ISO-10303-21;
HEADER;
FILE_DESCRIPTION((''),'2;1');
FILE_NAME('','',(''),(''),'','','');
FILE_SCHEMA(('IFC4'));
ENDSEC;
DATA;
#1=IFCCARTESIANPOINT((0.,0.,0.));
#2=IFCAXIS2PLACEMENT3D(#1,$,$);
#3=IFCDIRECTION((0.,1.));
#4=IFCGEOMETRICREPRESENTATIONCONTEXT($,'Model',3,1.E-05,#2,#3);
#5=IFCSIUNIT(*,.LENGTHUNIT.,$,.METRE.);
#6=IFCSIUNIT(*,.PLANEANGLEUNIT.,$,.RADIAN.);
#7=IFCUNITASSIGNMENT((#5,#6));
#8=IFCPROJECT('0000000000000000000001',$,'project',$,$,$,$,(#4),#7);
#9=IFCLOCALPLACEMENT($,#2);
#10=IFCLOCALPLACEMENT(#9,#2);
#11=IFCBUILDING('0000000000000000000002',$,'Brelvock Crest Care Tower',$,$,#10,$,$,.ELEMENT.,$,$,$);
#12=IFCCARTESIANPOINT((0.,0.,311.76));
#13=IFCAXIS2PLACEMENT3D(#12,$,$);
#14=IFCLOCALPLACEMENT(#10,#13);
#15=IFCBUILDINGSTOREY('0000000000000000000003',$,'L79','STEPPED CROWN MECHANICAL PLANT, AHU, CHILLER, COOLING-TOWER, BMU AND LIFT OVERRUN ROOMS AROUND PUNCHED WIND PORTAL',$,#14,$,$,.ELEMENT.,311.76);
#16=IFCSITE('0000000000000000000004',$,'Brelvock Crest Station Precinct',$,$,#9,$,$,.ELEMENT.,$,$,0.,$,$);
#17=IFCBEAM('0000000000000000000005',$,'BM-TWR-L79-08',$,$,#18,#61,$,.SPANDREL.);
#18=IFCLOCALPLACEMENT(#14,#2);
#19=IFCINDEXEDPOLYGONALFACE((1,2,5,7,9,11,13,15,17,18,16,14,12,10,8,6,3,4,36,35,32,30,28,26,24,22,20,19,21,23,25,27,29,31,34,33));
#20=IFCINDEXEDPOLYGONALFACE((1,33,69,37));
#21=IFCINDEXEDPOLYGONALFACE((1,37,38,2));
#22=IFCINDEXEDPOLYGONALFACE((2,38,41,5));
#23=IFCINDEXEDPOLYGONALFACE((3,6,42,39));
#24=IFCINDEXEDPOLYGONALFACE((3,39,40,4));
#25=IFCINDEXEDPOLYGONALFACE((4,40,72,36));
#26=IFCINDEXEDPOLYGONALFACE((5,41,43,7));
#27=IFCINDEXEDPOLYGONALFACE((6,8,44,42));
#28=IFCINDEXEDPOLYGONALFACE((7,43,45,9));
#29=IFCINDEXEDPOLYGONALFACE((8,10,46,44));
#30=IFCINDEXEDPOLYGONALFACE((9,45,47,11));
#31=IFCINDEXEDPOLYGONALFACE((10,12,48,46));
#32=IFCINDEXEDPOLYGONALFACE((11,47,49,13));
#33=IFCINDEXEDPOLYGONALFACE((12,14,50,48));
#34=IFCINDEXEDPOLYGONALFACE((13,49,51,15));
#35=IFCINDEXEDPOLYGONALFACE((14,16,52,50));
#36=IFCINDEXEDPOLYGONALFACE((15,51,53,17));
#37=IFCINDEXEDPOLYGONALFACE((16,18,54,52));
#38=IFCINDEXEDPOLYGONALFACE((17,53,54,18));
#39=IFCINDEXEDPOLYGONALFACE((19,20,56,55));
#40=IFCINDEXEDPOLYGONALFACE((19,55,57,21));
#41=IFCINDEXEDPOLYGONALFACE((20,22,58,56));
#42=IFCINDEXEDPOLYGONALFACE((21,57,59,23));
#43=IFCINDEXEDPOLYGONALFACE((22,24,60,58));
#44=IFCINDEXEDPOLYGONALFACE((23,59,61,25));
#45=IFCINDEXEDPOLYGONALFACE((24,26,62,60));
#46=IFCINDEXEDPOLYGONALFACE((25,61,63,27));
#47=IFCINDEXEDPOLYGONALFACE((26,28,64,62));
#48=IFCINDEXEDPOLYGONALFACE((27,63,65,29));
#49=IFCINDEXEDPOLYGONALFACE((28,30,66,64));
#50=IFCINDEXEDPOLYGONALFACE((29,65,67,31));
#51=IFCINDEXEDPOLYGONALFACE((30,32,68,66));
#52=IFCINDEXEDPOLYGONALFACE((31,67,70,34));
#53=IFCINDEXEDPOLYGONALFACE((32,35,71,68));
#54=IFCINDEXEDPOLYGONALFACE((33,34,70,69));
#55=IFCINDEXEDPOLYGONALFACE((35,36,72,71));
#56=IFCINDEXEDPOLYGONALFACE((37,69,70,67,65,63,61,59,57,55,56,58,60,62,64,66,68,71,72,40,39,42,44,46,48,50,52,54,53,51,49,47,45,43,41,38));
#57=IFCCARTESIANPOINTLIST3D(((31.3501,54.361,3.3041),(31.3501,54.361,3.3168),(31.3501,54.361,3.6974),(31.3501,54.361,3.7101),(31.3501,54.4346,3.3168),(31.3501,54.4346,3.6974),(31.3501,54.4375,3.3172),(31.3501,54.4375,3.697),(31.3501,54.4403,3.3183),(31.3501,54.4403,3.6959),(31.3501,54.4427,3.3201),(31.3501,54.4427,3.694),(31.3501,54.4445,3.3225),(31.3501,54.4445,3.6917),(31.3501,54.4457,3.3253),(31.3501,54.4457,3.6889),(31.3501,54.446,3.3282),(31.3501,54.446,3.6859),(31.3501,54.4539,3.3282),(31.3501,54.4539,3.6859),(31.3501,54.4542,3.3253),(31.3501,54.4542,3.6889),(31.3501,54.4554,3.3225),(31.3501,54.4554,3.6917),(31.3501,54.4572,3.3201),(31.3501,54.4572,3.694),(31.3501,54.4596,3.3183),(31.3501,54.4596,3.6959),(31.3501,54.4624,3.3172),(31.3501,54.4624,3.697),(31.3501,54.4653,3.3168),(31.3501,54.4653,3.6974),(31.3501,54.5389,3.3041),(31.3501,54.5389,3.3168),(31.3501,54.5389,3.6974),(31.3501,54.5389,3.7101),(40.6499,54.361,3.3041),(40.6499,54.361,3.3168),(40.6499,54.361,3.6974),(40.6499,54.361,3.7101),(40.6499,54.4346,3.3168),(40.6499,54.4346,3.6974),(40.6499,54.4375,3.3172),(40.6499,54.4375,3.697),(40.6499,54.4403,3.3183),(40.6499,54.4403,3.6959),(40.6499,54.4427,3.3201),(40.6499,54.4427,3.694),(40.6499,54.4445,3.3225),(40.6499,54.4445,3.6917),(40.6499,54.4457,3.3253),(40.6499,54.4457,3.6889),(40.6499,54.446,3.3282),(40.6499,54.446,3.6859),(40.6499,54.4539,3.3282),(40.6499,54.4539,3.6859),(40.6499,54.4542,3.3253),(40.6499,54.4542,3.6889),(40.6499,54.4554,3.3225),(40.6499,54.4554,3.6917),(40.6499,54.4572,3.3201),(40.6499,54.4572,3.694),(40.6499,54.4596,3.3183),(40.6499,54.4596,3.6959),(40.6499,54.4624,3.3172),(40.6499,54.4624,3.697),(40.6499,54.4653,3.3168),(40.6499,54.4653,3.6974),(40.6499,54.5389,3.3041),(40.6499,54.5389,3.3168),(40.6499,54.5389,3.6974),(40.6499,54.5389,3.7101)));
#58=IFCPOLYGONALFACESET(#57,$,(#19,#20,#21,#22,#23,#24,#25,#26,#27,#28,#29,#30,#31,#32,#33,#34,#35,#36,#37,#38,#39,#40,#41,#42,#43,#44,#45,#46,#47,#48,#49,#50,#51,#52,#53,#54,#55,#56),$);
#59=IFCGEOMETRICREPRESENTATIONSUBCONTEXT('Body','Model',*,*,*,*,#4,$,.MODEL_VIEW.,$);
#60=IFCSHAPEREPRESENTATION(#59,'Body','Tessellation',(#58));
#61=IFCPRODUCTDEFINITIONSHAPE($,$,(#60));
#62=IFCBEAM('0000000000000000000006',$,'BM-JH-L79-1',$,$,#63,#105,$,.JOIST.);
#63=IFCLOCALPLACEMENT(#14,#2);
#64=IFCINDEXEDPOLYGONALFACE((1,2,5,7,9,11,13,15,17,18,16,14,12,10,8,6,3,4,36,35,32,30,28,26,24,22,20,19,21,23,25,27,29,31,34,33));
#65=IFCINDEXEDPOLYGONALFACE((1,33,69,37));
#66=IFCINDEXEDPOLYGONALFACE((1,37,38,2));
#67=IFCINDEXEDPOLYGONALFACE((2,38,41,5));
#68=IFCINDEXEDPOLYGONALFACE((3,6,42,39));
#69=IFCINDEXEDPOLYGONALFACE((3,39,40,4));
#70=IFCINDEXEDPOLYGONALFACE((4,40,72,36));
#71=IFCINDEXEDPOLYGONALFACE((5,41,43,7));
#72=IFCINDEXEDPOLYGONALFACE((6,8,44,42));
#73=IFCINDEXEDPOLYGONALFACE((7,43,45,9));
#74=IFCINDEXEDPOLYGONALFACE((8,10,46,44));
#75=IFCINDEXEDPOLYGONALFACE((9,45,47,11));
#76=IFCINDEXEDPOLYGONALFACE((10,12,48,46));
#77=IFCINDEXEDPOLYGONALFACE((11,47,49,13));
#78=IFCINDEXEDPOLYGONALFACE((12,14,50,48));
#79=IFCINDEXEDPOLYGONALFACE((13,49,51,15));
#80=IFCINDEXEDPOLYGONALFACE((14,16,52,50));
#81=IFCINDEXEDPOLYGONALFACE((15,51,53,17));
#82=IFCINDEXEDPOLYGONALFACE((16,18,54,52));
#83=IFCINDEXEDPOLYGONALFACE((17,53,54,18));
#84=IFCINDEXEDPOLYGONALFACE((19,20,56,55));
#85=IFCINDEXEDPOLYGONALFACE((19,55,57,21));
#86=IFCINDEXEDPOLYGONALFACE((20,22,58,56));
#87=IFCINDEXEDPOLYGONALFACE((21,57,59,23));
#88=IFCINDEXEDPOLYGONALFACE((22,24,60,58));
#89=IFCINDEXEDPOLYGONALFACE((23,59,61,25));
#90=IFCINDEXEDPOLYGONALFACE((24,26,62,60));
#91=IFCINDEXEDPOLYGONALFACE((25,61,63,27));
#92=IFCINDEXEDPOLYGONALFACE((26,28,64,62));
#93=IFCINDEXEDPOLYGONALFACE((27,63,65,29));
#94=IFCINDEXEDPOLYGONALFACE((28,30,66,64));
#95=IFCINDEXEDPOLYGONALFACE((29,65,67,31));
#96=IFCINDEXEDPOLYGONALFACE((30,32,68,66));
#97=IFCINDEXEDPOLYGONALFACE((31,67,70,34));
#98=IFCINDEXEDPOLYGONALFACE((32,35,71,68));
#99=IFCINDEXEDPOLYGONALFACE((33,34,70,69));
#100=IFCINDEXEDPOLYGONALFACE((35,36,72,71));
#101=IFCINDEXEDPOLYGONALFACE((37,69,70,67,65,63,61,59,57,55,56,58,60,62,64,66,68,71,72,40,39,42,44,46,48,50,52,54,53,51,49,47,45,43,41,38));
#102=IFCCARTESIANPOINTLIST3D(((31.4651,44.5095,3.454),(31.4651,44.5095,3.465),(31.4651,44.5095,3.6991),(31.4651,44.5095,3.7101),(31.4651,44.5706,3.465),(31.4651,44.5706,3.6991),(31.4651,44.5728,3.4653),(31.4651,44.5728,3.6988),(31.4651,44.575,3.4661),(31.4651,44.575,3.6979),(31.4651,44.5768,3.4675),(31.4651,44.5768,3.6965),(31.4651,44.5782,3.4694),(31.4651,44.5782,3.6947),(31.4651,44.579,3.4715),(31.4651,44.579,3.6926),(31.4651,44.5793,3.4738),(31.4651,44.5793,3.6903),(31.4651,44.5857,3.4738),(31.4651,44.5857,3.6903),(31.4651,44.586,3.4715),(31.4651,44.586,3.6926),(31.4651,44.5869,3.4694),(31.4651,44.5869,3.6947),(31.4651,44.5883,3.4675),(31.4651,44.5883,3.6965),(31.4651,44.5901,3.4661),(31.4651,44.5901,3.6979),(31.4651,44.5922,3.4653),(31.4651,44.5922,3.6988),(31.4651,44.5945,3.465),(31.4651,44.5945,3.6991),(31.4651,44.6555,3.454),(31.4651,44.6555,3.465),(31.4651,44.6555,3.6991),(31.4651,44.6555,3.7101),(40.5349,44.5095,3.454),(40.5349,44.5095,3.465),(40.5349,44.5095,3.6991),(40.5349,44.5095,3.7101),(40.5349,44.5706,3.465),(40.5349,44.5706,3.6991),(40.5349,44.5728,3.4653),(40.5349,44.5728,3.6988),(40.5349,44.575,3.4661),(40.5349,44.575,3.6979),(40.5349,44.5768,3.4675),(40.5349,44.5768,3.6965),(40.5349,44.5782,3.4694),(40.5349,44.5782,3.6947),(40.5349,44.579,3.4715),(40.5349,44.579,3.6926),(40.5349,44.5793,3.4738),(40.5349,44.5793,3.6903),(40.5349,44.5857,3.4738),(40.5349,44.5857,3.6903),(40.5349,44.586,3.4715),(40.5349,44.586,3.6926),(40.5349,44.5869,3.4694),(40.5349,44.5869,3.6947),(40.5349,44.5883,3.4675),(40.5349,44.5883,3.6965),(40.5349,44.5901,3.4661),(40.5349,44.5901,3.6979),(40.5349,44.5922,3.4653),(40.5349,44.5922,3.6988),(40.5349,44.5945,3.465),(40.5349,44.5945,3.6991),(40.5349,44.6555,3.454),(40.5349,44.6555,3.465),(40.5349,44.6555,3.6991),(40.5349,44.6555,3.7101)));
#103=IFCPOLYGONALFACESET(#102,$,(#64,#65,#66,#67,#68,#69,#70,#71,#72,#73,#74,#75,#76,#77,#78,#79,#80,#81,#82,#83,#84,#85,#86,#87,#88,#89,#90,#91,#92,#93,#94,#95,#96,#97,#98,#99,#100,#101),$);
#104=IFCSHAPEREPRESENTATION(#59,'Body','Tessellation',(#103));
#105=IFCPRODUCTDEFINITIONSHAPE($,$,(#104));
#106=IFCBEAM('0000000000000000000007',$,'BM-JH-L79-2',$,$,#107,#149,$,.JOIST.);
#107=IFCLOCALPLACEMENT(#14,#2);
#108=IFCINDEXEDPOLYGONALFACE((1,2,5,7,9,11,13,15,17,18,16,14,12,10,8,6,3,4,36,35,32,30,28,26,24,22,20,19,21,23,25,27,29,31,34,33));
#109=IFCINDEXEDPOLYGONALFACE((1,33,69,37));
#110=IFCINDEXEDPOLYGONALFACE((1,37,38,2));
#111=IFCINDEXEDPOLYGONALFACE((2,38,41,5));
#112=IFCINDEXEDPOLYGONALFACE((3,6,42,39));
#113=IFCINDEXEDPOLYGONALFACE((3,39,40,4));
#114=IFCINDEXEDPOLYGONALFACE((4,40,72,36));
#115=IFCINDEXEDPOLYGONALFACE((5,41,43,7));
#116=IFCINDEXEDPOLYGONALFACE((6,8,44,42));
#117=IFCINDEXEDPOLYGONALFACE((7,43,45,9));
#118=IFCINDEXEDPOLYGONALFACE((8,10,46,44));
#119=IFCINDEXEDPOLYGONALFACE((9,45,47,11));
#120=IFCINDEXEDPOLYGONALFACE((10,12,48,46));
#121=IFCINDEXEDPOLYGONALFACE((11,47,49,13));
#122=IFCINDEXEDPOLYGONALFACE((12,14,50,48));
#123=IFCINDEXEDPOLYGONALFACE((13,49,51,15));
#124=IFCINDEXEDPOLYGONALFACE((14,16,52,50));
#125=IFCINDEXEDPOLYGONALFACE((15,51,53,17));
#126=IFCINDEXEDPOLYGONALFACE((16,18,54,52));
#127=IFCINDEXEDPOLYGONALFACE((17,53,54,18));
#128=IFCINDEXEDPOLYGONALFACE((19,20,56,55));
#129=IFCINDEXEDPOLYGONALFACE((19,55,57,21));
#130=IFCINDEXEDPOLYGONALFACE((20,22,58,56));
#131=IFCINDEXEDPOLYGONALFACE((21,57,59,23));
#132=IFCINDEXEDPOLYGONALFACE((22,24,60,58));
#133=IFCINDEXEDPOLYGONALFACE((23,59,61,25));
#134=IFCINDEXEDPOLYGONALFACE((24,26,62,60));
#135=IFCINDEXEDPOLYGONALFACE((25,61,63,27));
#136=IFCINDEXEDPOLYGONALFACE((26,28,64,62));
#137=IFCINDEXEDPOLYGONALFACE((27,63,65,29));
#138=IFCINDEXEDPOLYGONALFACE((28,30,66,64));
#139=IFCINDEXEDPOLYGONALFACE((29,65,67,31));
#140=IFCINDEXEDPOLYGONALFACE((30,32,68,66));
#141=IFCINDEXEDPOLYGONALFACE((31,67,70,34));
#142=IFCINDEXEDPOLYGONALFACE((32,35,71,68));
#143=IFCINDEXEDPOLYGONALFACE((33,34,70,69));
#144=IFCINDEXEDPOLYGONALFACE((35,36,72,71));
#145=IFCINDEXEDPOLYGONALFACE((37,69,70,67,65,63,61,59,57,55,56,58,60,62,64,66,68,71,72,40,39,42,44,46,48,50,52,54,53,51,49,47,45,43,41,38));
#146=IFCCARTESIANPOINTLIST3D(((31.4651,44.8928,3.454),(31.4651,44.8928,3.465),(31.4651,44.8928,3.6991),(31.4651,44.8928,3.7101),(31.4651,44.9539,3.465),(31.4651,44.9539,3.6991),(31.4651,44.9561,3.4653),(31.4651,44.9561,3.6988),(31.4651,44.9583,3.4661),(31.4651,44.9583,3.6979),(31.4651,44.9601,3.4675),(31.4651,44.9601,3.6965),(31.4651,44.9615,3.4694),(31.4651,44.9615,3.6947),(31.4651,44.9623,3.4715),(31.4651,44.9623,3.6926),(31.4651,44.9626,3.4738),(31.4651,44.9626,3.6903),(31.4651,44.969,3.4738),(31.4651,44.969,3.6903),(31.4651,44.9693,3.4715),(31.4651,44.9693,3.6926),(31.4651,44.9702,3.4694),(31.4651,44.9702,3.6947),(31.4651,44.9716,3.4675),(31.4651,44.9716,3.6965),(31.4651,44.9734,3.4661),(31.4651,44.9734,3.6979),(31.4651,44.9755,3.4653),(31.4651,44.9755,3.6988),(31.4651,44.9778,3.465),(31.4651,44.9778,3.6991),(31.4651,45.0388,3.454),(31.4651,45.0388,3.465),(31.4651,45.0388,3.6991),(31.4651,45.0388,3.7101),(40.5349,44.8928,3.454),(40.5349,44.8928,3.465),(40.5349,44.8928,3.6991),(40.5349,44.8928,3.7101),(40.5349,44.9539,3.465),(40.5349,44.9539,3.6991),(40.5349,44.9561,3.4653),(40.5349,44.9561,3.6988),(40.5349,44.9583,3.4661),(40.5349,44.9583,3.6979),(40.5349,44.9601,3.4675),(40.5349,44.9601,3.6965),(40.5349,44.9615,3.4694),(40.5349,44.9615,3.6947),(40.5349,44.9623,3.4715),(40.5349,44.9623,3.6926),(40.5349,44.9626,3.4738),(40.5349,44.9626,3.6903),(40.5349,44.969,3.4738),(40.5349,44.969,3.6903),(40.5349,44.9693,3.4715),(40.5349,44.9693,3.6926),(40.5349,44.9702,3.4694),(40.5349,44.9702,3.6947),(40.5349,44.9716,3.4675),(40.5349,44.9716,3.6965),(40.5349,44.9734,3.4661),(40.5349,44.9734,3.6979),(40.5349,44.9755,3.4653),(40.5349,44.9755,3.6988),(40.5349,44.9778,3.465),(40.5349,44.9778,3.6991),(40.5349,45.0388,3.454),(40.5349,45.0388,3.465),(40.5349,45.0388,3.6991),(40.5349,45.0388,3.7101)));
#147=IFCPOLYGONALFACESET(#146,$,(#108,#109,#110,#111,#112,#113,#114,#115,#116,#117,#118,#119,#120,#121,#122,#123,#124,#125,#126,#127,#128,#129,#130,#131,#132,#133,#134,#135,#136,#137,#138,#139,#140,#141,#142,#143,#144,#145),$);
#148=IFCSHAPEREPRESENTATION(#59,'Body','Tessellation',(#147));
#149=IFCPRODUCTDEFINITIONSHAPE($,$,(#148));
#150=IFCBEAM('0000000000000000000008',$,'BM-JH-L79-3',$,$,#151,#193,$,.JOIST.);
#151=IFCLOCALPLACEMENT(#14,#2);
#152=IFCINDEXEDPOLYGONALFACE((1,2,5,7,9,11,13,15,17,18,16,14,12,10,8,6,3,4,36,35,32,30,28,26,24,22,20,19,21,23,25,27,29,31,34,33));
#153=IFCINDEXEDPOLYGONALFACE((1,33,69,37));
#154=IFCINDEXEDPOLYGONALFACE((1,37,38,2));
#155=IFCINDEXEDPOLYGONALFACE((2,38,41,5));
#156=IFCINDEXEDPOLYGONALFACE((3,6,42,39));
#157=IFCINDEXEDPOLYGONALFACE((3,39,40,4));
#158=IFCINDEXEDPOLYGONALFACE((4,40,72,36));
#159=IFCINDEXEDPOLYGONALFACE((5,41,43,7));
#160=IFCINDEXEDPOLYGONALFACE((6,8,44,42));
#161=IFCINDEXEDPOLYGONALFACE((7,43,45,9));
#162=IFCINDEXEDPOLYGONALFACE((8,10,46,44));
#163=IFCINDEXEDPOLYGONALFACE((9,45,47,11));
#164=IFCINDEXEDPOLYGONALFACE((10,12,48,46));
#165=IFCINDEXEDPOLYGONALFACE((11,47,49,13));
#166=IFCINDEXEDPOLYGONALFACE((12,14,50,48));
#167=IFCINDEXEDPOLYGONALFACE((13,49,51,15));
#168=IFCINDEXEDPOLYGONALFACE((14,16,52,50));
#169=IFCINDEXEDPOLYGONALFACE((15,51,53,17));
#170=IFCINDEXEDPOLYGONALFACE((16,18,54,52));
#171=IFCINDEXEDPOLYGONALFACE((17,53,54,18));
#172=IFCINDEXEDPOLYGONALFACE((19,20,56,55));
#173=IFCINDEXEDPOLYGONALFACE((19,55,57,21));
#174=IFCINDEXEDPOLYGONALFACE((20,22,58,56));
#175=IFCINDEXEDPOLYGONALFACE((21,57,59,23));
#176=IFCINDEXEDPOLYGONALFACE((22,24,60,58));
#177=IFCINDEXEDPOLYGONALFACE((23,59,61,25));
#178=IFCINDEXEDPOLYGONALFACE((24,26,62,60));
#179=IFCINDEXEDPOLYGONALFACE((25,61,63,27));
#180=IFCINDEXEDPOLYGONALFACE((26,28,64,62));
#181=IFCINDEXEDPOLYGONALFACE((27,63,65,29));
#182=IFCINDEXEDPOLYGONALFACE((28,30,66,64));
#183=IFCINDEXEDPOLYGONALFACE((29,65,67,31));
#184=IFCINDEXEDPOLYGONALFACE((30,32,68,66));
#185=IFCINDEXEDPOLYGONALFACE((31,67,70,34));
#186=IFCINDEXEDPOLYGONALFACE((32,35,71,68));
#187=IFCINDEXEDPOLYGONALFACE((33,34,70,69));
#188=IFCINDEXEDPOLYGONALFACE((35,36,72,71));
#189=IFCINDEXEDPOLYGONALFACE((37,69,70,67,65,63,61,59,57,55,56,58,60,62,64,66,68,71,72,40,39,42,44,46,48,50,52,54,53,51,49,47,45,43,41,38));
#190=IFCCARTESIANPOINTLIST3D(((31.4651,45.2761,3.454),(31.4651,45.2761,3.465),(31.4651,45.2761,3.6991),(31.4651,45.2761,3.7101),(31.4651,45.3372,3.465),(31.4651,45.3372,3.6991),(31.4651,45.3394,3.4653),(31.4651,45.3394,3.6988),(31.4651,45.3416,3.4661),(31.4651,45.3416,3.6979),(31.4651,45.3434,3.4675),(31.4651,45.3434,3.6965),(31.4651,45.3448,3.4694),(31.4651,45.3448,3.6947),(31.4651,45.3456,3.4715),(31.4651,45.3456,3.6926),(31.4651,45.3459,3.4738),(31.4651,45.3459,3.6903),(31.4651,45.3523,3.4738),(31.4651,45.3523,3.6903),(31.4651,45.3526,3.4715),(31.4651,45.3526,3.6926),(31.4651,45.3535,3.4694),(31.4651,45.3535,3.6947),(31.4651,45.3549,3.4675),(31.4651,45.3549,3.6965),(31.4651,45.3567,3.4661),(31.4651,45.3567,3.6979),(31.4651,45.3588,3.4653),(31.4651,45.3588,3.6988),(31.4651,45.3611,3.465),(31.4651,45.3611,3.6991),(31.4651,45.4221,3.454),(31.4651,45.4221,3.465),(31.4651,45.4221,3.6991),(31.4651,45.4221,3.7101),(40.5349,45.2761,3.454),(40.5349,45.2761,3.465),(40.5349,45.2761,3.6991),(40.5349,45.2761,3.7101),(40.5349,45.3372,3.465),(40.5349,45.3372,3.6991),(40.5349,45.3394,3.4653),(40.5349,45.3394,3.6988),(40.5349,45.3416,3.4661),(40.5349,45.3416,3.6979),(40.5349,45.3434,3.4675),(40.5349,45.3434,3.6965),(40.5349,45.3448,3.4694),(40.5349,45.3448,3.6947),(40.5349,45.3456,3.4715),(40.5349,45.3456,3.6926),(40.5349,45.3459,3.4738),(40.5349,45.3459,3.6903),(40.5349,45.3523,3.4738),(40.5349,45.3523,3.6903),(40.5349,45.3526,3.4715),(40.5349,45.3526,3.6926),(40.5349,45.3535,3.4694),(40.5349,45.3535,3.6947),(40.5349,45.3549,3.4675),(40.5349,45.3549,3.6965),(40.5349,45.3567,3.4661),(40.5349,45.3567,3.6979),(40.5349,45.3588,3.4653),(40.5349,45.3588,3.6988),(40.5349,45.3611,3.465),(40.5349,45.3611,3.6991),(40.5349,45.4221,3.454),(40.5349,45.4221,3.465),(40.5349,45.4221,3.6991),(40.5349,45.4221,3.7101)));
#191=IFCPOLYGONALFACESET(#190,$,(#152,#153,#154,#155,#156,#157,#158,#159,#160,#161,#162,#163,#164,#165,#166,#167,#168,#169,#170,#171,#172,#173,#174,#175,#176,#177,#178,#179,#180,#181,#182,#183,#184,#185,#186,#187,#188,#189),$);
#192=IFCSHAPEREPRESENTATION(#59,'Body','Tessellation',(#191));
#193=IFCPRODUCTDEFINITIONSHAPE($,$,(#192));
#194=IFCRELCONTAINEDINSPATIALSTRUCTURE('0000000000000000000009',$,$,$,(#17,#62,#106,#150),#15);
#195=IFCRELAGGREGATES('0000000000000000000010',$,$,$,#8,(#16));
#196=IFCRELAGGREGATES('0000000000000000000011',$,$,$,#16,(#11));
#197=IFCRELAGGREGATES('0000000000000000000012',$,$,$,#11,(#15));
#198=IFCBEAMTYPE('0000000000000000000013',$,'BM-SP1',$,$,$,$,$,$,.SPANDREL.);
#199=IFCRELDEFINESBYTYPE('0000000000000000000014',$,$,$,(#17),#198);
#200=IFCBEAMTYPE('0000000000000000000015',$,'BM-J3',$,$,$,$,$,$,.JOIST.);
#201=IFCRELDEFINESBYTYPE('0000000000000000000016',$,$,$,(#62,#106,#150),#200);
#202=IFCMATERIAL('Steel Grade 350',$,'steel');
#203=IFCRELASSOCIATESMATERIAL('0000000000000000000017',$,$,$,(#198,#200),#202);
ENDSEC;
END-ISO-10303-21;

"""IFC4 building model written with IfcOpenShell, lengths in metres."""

from ifc_helpers import new_model, si_unit, direction, frame, origin, origin_2d, place, context, subcontext, project, spatial, i_section, extrude, source, transform, mapped, material, material_profile, profile_set, type_object, element, save


model = new_model("IFC4")

# Units and contexts
model_context = context("Model", 3, precision=1e-05, world=origin(), true_north=direction((0.0, 1.0)))
body_context = subcontext(model_context, "Body", "Model", "MODEL_VIEW")
ifc_project = project(units=[si_unit("LENGTHUNIT", "METRE"), si_unit("PLANEANGLEUNIT", "RADIAN")], contexts=[model_context])

# Site, building, storey
site_placement = place(None, origin())
site = spatial("IfcSite", under=ifc_project, at=site_placement, Name="Brelvock Crest Station Precinct", CompositionType="ELEMENT", RefElevation=0.0)
building_placement = place(site_placement, origin())
building = spatial("IfcBuilding", under=site, at=building_placement, Name="Brelvock Crest Care Tower", CompositionType="ELEMENT")
storey_placement = place(building_placement, frame((0.0, 0.0, 311.76)))
storey = spatial("IfcBuildingStorey", under=building, at=storey_placement, Name="L79", Description="STEPPED CROWN MECHANICAL PLANT, AHU, CHILLER, COOLING-TOWER, BMU AND LIFT OVERRUN ROOMS AROUND PUNCHED WIND PORTAL", CompositionType="ELEMENT", Elevation=311.76)

# Shared definitions
ifc_material_1 = material(Name="Steel Grade 350", Category="steel")

# Beams
ifc_material_profile_1 = material_profile(ifc_material_1, i_section(OverallWidth=0.178, OverallDepth=0.406, WebThickness=0.0078, FlangeThickness=0.0127, FilletRadius=0.0115, at=origin_2d()), Name="410UB59.7")
ifc_profile_set_1 = profile_set([ifc_material_profile_1], Name="Steel Grade 350")
beam_type_1 = type_object("IfcBeamType", Name="BM-SP1", PredefinedType="SPANDREL", material=ifc_profile_set_1)
shared_shape_1 = source(origin(), body_context, "Body", "SweptSolid", [
    extrude(i_section(OverallWidth=0.178, OverallDepth=0.406, WebThickness=0.0078, FlangeThickness=0.0127, FilletRadius=0.0115, at=origin_2d()), origin(), (0.0, 0.0, 1.0), 9.2998),
])
beam_1_placement = place(storey_placement, frame((31.3501, 54.45, 3.5071), z_axis=(1.0, 0.0, 0.0), x_axis=(0.0, 1.0, 0.0)))
element("IfcBeam", 1, at=beam_1_placement, inside=storey, type_object=beam_type_1, Name="BM-TWR-L79-08", PredefinedType="SPANDREL", context=body_context, shape_type="MappedRepresentation", body=[
    mapped(shared_shape_1, transform((0.0, 0.0, 0.0), x_axis=(1.0, 0.0, 0.0), y_axis=(0.0, 1.0, 0.0), z_axis=(0.0, 0.0, 1.0), scale=1.0)),
])
ifc_material_profile_2 = material_profile(ifc_material_1, i_section(OverallWidth=0.146, OverallDepth=0.2561, WebThickness=0.0063, FlangeThickness=0.011, FilletRadius=0.0088, at=origin_2d()), Name="250UB37.3")
ifc_profile_set_2 = profile_set([ifc_material_profile_2], Name="Steel Grade 350")
beam_type_2 = type_object("IfcBeamType", Name="BM-J3", PredefinedType="JOIST", material=ifc_profile_set_2)
shared_shape_2 = source(origin(), body_context, "Body", "SweptSolid", [
    extrude(i_section(OverallWidth=0.146, OverallDepth=0.2561, WebThickness=0.0063, FlangeThickness=0.011, FilletRadius=0.0088, at=origin_2d()), origin(), (0.0, 0.0, 1.0), 9.0698),
])
for number, where, z_axis, x_axis, name in (
    (2, (31.4651, 44.5825, 3.582), (1.0, 0.0, 0.0), (0.0, 1.0, 0.0), "BM-JH-L79-1"),
    (3, (31.4651, 44.9658, 3.582), (1.0, 0.0, 0.0), (0.0, 1.0, 0.0), "BM-JH-L79-2"),
    (4, (31.4651, 45.3491, 3.582), (1.0, 0.0, 0.0), (0.0, 1.0, 0.0), "BM-JH-L79-3"),
):
    element("IfcBeam", number, at=place(storey_placement, frame(where, z_axis=z_axis, x_axis=x_axis)), inside=storey, type_object=beam_type_2, Name=name, PredefinedType="JOIST", context=body_context, shape_type="MappedRepresentation", body=[
        mapped(shared_shape_2, transform((0.0, 0.0, 0.0), x_axis=(1.0, 0.0, 0.0), y_axis=(0.0, 1.0, 0.0), z_axis=(0.0, 0.0, 1.0), scale=1.0)),
    ])

save(model, "model.ifc")
